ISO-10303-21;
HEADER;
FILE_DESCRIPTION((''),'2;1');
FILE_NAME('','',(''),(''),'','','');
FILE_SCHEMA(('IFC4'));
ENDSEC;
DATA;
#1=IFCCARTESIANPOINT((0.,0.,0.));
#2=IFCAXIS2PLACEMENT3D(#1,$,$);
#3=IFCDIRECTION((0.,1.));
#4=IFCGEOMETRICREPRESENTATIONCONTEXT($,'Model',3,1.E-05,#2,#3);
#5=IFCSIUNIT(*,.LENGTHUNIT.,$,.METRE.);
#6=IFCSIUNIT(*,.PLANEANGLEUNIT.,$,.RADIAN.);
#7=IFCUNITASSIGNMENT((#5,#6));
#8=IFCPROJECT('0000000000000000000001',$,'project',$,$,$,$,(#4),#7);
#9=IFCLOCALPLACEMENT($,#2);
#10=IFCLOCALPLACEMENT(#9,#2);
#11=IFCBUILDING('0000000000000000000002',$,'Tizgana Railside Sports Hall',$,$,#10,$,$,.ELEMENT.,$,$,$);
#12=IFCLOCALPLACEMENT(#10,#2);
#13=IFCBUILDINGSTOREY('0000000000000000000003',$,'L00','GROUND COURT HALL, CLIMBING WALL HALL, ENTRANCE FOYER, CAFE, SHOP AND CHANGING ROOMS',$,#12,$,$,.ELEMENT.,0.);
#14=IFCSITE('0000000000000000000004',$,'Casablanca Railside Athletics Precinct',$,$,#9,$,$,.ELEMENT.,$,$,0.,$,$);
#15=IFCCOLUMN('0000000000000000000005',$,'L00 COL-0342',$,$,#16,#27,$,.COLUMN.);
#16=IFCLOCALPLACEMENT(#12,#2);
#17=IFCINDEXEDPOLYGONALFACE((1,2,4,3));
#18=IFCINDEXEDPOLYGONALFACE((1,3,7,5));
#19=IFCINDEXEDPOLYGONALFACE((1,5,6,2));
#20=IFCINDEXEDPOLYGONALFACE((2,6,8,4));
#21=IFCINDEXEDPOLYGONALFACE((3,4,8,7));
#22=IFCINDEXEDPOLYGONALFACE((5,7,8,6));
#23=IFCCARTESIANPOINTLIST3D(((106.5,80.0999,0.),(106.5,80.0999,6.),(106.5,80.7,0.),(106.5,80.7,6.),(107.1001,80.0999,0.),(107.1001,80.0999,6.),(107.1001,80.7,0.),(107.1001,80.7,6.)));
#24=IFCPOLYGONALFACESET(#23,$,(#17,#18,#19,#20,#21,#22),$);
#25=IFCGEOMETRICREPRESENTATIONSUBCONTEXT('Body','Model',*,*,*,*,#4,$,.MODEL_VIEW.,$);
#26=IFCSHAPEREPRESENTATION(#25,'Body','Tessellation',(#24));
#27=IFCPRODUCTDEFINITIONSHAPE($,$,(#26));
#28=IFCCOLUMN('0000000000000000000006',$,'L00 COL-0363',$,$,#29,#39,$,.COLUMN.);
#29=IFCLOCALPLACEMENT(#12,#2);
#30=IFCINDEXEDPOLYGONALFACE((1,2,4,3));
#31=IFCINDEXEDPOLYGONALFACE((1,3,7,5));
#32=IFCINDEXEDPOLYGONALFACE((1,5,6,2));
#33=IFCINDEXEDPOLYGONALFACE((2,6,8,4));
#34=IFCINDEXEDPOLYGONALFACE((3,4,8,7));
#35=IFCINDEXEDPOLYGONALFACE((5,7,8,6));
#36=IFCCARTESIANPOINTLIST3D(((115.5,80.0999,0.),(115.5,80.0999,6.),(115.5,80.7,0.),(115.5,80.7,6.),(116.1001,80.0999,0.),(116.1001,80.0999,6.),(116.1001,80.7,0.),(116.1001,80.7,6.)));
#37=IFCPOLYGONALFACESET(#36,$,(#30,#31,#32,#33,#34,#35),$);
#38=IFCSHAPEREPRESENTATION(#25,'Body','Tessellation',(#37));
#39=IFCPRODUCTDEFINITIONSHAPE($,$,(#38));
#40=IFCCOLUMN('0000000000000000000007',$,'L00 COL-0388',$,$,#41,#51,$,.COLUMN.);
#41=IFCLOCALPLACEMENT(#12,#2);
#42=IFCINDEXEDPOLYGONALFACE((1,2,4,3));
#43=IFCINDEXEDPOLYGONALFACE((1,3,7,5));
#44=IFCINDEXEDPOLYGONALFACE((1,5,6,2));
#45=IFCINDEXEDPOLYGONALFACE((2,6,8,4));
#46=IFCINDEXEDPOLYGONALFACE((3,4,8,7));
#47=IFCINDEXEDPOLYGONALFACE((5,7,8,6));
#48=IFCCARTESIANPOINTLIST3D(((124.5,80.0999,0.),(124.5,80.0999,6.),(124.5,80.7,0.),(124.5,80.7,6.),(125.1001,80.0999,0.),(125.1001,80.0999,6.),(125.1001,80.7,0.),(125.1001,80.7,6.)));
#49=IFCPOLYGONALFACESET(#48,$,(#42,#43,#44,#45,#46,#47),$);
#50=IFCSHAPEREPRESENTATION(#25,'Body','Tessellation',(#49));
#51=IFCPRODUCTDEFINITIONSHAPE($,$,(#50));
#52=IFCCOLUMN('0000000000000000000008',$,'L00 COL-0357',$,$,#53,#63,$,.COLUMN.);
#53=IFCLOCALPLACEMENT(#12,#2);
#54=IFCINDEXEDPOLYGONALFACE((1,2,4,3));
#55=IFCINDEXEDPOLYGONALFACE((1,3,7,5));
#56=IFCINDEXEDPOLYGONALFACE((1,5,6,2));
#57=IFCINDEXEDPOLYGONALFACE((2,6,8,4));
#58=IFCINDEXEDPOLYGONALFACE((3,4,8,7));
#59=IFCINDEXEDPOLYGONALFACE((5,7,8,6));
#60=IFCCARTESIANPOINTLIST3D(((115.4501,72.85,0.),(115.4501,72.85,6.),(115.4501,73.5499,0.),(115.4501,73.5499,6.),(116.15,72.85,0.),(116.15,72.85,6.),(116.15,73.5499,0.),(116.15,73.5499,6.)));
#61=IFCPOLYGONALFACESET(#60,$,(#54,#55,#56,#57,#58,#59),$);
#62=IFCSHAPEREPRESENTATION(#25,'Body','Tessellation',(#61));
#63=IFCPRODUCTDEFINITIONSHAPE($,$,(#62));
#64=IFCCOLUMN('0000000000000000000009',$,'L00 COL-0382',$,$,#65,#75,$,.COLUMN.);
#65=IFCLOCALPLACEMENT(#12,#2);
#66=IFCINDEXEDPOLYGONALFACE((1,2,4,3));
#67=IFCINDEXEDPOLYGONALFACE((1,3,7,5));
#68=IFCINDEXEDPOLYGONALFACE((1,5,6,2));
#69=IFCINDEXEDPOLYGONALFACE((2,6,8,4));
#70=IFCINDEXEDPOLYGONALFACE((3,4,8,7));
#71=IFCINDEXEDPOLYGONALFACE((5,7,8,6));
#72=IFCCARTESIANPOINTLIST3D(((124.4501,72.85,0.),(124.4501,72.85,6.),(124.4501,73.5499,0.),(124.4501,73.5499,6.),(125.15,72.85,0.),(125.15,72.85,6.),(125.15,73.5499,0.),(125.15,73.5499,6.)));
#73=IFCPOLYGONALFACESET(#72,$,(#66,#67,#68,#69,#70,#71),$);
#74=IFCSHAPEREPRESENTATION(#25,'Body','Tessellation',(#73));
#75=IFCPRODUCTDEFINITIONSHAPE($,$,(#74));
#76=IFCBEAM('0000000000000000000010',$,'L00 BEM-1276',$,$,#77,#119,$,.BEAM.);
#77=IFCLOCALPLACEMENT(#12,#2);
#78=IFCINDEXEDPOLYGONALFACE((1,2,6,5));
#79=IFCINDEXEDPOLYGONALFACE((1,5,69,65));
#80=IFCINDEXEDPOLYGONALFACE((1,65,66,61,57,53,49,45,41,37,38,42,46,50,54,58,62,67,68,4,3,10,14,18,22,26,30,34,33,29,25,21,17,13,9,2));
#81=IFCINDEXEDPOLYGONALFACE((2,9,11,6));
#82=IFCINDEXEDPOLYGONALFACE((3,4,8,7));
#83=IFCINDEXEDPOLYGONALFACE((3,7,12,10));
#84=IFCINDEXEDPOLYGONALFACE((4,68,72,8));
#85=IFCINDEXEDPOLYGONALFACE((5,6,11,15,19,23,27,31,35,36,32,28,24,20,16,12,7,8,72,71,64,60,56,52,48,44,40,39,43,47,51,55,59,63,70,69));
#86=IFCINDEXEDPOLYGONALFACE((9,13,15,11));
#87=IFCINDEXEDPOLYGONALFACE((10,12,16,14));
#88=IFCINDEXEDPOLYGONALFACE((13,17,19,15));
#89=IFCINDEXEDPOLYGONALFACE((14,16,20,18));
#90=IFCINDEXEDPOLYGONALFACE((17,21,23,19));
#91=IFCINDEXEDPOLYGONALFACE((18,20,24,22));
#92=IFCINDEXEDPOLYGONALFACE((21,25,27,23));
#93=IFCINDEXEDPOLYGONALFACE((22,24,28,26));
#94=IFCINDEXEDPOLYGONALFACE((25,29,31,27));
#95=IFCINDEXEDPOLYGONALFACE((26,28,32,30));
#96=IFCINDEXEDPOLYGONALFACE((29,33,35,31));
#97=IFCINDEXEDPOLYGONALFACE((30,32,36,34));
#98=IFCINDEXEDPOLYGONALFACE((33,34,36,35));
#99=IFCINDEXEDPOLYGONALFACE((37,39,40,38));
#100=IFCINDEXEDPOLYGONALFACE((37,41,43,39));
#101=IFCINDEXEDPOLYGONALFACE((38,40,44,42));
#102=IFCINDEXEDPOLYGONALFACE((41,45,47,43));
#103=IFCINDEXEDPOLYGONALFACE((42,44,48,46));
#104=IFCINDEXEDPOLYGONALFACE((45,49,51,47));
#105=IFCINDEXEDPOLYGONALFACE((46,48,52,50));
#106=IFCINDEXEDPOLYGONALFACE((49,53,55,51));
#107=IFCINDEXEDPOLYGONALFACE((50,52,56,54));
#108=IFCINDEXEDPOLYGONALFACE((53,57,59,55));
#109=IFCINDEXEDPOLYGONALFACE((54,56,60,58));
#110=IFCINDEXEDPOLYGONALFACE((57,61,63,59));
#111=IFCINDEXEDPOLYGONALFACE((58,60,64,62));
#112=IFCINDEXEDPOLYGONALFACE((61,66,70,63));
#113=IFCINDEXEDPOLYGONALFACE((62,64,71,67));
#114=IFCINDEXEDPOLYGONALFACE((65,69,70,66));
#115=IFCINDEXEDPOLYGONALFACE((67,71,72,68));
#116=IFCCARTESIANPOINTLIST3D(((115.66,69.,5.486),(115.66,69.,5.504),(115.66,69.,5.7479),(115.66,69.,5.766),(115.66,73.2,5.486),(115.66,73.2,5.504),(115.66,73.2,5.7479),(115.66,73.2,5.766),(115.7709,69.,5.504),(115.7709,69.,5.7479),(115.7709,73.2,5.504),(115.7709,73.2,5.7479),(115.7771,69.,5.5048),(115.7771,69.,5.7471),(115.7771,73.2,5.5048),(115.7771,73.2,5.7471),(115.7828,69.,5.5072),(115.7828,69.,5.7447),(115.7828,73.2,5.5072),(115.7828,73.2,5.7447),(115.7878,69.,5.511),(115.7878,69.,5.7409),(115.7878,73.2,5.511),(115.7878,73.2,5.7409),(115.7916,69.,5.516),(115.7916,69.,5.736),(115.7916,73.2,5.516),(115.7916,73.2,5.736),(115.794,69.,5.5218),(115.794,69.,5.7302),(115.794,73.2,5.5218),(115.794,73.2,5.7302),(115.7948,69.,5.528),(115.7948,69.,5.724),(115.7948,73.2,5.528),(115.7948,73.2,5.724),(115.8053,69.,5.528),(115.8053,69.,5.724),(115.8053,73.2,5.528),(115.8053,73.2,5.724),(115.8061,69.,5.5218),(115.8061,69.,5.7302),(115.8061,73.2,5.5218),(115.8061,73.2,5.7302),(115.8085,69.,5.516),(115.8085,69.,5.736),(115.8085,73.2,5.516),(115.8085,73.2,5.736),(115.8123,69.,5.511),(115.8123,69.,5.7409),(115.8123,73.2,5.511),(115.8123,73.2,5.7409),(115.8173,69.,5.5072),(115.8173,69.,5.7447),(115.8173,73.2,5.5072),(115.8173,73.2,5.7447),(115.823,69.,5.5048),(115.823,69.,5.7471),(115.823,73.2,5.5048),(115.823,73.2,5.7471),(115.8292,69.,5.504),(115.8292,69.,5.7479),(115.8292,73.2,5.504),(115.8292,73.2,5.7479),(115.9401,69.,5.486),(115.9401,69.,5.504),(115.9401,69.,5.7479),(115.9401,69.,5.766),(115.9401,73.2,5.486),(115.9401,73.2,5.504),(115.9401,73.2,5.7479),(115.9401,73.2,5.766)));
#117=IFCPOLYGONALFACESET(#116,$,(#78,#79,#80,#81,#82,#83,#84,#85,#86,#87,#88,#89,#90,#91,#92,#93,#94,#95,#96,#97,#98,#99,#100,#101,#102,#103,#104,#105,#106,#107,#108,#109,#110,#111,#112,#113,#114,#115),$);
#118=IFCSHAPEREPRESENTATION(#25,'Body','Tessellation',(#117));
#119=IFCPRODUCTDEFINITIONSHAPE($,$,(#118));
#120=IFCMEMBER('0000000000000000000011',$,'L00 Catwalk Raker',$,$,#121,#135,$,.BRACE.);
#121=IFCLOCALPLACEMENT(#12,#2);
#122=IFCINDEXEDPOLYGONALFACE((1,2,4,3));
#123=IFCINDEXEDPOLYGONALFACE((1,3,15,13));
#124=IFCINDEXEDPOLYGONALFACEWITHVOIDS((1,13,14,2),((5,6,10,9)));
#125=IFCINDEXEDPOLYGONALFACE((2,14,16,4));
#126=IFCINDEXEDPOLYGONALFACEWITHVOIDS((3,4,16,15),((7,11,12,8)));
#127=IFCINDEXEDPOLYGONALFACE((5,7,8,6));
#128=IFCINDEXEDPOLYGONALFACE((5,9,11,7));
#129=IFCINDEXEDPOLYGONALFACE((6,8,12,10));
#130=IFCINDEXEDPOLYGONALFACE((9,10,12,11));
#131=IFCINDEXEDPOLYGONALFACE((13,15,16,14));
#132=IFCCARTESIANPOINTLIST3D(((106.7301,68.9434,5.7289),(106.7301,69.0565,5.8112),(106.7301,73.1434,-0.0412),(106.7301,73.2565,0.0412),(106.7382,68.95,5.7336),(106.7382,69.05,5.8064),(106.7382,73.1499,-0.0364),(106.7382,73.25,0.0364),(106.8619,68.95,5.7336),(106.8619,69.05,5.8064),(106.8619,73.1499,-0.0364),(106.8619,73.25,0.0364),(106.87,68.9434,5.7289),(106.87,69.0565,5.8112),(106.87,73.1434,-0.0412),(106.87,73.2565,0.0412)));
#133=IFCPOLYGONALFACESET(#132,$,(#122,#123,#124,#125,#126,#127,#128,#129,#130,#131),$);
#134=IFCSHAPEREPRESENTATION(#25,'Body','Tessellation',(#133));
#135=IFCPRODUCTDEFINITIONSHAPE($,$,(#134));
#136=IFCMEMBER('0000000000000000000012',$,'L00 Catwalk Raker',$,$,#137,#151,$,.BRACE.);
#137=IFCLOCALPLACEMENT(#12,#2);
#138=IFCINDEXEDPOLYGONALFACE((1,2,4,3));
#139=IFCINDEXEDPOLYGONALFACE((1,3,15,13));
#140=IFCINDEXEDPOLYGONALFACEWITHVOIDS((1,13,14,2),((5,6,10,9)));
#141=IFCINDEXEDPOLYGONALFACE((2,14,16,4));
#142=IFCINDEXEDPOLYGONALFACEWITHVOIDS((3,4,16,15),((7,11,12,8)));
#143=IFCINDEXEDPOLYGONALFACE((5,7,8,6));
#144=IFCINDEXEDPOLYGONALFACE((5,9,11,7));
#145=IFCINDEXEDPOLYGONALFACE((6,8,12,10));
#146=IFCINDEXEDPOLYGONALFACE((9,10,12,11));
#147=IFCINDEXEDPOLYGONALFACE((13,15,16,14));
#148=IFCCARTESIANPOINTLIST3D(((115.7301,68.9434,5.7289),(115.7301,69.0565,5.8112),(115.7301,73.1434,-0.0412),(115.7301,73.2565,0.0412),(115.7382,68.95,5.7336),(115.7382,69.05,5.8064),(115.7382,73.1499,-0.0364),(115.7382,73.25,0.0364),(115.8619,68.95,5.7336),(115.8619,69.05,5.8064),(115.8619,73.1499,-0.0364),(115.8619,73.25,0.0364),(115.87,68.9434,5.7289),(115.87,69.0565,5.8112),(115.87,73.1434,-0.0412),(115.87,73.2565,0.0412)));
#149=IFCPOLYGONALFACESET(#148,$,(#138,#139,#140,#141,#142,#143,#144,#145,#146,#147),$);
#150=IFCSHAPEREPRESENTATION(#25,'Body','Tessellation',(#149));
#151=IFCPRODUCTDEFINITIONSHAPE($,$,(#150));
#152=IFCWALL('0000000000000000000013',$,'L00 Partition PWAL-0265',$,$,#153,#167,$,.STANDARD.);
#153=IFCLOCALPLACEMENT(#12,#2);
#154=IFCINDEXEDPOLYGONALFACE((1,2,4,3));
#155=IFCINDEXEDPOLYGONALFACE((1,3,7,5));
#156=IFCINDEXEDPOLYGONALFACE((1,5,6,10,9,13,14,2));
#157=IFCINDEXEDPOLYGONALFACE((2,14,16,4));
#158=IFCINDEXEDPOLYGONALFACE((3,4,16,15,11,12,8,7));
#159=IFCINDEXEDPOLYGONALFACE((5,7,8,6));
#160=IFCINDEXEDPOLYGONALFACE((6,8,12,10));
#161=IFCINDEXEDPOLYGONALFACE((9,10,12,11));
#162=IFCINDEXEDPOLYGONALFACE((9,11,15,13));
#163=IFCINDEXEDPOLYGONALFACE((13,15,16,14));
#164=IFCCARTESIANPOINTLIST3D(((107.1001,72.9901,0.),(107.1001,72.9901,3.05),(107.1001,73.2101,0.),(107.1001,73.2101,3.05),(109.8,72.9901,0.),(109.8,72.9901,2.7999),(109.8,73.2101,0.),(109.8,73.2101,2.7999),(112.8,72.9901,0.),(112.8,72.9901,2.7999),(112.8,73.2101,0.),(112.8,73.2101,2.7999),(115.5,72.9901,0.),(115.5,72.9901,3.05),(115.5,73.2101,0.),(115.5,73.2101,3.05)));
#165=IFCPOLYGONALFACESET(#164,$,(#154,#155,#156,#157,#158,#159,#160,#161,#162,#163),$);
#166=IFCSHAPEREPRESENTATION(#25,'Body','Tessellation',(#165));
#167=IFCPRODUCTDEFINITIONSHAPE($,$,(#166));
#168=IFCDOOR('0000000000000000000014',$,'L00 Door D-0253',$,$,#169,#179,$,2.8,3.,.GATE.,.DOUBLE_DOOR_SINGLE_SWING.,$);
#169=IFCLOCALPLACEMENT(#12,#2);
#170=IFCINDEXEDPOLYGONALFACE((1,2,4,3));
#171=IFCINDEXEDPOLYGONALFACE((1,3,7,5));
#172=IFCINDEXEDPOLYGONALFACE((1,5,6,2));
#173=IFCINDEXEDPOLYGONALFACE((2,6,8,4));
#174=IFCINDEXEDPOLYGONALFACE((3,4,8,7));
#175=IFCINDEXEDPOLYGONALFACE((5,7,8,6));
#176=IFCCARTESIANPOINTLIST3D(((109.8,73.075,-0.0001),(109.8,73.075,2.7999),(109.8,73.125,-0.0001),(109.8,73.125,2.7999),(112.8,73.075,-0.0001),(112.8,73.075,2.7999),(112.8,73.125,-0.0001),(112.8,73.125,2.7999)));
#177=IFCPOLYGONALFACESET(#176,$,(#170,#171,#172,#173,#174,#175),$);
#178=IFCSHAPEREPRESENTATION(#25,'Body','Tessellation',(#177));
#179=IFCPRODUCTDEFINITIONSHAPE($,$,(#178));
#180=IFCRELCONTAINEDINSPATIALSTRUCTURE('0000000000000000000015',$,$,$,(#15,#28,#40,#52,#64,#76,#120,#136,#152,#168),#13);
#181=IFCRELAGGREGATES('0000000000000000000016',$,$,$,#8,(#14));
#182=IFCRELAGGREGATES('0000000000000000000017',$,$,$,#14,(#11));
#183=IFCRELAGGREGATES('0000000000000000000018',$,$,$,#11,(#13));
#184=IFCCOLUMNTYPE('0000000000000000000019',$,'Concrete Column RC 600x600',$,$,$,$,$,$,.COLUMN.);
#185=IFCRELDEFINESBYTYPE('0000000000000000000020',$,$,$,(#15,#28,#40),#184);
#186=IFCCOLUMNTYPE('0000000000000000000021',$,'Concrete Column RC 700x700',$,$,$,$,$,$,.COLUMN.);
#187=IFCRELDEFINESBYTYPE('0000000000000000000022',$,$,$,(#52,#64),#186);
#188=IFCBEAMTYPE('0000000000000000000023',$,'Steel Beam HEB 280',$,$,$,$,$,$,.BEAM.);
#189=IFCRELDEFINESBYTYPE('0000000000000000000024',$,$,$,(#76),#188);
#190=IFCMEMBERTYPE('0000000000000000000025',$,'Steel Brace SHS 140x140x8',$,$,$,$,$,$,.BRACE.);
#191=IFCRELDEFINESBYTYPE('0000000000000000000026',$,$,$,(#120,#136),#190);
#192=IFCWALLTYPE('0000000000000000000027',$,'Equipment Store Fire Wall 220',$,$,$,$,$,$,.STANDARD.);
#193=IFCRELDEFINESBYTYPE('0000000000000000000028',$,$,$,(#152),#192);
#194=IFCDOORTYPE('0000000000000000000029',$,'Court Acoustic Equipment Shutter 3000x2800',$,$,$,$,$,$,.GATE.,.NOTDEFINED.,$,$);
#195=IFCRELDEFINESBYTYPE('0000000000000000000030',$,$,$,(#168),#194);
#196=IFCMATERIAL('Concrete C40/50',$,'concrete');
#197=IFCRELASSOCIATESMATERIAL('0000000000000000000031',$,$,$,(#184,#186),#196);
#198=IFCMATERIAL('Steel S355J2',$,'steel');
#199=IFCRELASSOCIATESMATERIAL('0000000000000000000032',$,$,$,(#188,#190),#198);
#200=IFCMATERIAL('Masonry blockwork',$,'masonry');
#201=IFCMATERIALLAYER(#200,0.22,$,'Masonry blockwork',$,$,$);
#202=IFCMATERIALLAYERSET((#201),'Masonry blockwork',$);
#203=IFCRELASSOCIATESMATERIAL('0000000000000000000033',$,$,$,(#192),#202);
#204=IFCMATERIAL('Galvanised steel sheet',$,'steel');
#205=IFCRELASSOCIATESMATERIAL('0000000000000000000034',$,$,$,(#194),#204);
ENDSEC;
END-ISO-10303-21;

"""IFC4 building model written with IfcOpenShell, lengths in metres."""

from ifc_helpers import new_model, si_unit, direction, frame, frame_2d, origin, origin_2d, place, context, subcontext, project, spatial, rectangle, hollow_rectangle, i_section, extrude, material, layer, layer_set, material_profile, profile_set, type_object, element, fill, save


model = new_model("IFC4")

# Units and contexts
model_context = context("Model", 3, precision=1e-05, world=origin(), true_north=direction((0.0, 1.0)))
body_context = subcontext(model_context, "Body", "Model", "MODEL_VIEW")
ifc_project = project(units=[si_unit("LENGTHUNIT", "METRE"), si_unit("PLANEANGLEUNIT", "RADIAN")], contexts=[model_context])

# Site, building, storey
site_placement = place(None, origin())
site = spatial("IfcSite", under=ifc_project, at=site_placement, Name="Casablanca Railside Athletics Precinct", CompositionType="ELEMENT", RefElevation=0.0)
building_placement = place(site_placement, origin())
building = spatial("IfcBuilding", under=site, at=building_placement, Name="Tizgana Railside Sports Hall", CompositionType="ELEMENT")
storey_placement = place(building_placement, origin())
storey = spatial("IfcBuildingStorey", under=building, at=storey_placement, Name="L00", Description="GROUND COURT HALL, CLIMBING WALL HALL, ENTRANCE FOYER, CAFE, SHOP AND CHANGING ROOMS", CompositionType="ELEMENT", Elevation=0.0)

# Columns
ifc_material_1 = material(Name="Concrete C40/50", Category="concrete")
ifc_material_profile_1 = material_profile(ifc_material_1, rectangle(XDim=0.6001, YDim=0.6001, at=origin_2d()), Name="RC 600x600")
ifc_profile_set_1 = profile_set([ifc_material_profile_1], Name="Concrete C40/50")
column_type_1 = type_object("IfcColumnType", Name="Concrete Column RC 600x600", PredefinedType="COLUMN", material=ifc_profile_set_1)
for number, where, z_axis, x_axis, name in (
    (1, (106.8, 80.3999, 0.0), (0.0, 0.0, 1.0), (1.0, 0.0, 0.0), "L00 COL-0342"),
    (2, (115.8, 80.3999, 0.0), (0.0, 0.0, 1.0), (1.0, 0.0, 0.0), "L00 COL-0363"),
    (3, (124.8, 80.3999, 0.0), (0.0, 0.0, 1.0), (1.0, 0.0, 0.0), "L00 COL-0388"),
):
    element("IfcColumn", number, at=place(storey_placement, frame(where, z_axis=z_axis, x_axis=x_axis)), inside=storey, type_object=column_type_1, Name=name, PredefinedType="COLUMN", context=body_context, shape_type="SweptSolid", body=[
        extrude(rectangle(XDim=0.6001, YDim=0.6001, at=origin_2d()), origin(), (0.0, 0.0, 1.0), 6.0),
    ])
ifc_material_profile_2 = material_profile(ifc_material_1, rectangle(XDim=0.7, YDim=0.7, at=origin_2d()), Name="RC 700x700")
ifc_profile_set_2 = profile_set([ifc_material_profile_2], Name="Concrete C40/50")
column_type_2 = type_object("IfcColumnType", Name="Concrete Column RC 700x700", PredefinedType="COLUMN", material=ifc_profile_set_2)
for number, where, z_axis, x_axis, name in (
    (4, (115.8, 73.2, 0.0), (0.0, 0.0, 1.0), (1.0, 0.0, 0.0), "L00 COL-0357"),
    (5, (124.8, 73.2, 0.0), (0.0, 0.0, 1.0), (1.0, 0.0, 0.0), "L00 COL-0382"),
):
    element("IfcColumn", number, at=place(storey_placement, frame(where, z_axis=z_axis, x_axis=x_axis)), inside=storey, type_object=column_type_2, Name=name, PredefinedType="COLUMN", context=body_context, shape_type="SweptSolid", body=[
        extrude(rectangle(XDim=0.7, YDim=0.7, at=origin_2d()), origin(), (0.0, 0.0, 1.0), 6.0),
    ])

# Beam
ifc_material_2 = material(Name="Steel S355J2", Category="steel")
ifc_material_profile_3 = material_profile(ifc_material_2, i_section(OverallWidth=0.28, OverallDepth=0.28, WebThickness=0.0105, FlangeThickness=0.0181, FilletRadius=0.0239, at=origin_2d()), Name="HEB 280")
ifc_profile_set_3 = profile_set([ifc_material_profile_3], Name="Steel S355J2")
beam_type = type_object("IfcBeamType", Name="Steel Beam HEB 280", PredefinedType="BEAM", material=ifc_profile_set_3)
beam_placement = place(storey_placement, frame((115.8, 73.2, 5.626), z_axis=(0.0, -1.0, 0.0), x_axis=(1.0, 0.0, 0.0)))
element("IfcBeam", 6, at=beam_placement, inside=storey, type_object=beam_type, Name="L00 BEM-1276", PredefinedType="BEAM", context=body_context, shape_type="SweptSolid", body=[
    extrude(i_section(OverallWidth=0.28, OverallDepth=0.28, WebThickness=0.0105, FlangeThickness=0.0181, FilletRadius=0.0239, at=origin_2d()), origin(), (0.0, 0.0, 1.0), 4.2),
])

# Members
ifc_material_profile_4 = material_profile(ifc_material_2, hollow_rectangle(XDim=0.1399, YDim=0.1399, WallThickness=0.0081, at=origin_2d()), Name="SHS 140x140x8")
ifc_profile_set_4 = profile_set([ifc_material_profile_4], Name="Steel S355J2")
member_type = type_object("IfcMemberType", Name="Steel Brace SHS 140x140x8", PredefinedType="BRACE", material=ifc_profile_set_4)
for number, where, z_axis, x_axis, name in (
    (7, (106.8, 73.2, 0.0), (0.0, -0.588499, 0.808498), (1.0, 0.0, 0.0), "L00 Catwalk Raker"),
    (8, (115.8, 73.2, 0.0), (0.0, -0.588499, 0.808498), (1.0, 0.0, 0.0), "L00 Catwalk Raker"),
):
    element("IfcMember", number, at=place(storey_placement, frame(where, z_axis=z_axis, x_axis=x_axis)), inside=storey, type_object=member_type, Name=name, PredefinedType="BRACE", context=body_context, shape_type="SweptSolid", body=[
        extrude(hollow_rectangle(XDim=0.1399, YDim=0.1399, WallThickness=0.0081, at=origin_2d()), origin(), (0.0, 0.0, 1.0), 7.1367),
    ])

# Wall, opening, door
ifc_material_3 = material(Name="Masonry blockwork", Category="masonry")
ifc_layer_1 = layer(ifc_material_3, 0.22, Name="Masonry blockwork")
ifc_layer_set_1 = layer_set([ifc_layer_1], Name="Masonry blockwork")
wall_type_1 = type_object("IfcWallType", Name="Equipment Store Fire Wall 220", PredefinedType="STANDARD", material=ifc_layer_set_1)
wall_1_placement = place(storey_placement, frame((107.1001, 73.1001, 0.0), z_axis=(0.0, 0.0, 1.0), x_axis=(1.0, 0.0, 0.0)))
wall_1 = element("IfcWall", 9, at=wall_1_placement, inside=storey, type_object=wall_type_1, Name="L00 Partition PWAL-0265", PredefinedType="STANDARD", context=body_context, shape_type="SweptSolid", body=[
    extrude(rectangle(XDim=8.3999, YDim=0.22, at=frame_2d((4.2, 0.0))), origin(), (0.0, 0.0, 1.0), 3.05),
])
opening_1_placement = place(wall_1_placement, frame((2.7, 0.0, 0.0)))
opening_1 = element("IfcOpeningElement", 10, at=opening_1_placement, cuts=wall_1, PredefinedType="OPENING", context=body_context, shape_type="SweptSolid", body=[
    extrude(rectangle(XDim=3.0, YDim=2.8, at=frame_2d((1.5, 1.3999))), frame((0.0, 0.1199, 0.0), z_axis=(0.0, -1.0, 0.0), x_axis=(1.0, 0.0, 0.0)), (0.0, 0.0, 1.0), 0.24),
])
ifc_material_4 = material(Name="Galvanised steel sheet", Category="steel")
door_type_1 = type_object("IfcDoorType", Name="Court Acoustic Equipment Shutter 3000x2800", OperationType="NOTDEFINED", PredefinedType="GATE", material=ifc_material_4)
door_1_placement = place(opening_1_placement, origin())
door_1 = element("IfcDoor", 11, at=door_1_placement, inside=storey, type_object=door_type_1, Name="L00 Door D-0253", OperationType="DOUBLE_DOOR_SINGLE_SWING", OverallHeight=2.8, OverallWidth=3.0, PredefinedType="GATE", context=body_context, shape_type="SweptSolid", body=[
    extrude(rectangle(XDim=3.0, YDim=2.8, at=frame_2d((1.5, 1.3999))), frame((0.0, 0.0249, 0.0), z_axis=(0.0, -1.0, 0.0), x_axis=(1.0, 0.0, 0.0)), (0.0, 0.0, 1.0), 0.05),
])
fill(opening_1, door_1)

save(model, "model.ifc")
